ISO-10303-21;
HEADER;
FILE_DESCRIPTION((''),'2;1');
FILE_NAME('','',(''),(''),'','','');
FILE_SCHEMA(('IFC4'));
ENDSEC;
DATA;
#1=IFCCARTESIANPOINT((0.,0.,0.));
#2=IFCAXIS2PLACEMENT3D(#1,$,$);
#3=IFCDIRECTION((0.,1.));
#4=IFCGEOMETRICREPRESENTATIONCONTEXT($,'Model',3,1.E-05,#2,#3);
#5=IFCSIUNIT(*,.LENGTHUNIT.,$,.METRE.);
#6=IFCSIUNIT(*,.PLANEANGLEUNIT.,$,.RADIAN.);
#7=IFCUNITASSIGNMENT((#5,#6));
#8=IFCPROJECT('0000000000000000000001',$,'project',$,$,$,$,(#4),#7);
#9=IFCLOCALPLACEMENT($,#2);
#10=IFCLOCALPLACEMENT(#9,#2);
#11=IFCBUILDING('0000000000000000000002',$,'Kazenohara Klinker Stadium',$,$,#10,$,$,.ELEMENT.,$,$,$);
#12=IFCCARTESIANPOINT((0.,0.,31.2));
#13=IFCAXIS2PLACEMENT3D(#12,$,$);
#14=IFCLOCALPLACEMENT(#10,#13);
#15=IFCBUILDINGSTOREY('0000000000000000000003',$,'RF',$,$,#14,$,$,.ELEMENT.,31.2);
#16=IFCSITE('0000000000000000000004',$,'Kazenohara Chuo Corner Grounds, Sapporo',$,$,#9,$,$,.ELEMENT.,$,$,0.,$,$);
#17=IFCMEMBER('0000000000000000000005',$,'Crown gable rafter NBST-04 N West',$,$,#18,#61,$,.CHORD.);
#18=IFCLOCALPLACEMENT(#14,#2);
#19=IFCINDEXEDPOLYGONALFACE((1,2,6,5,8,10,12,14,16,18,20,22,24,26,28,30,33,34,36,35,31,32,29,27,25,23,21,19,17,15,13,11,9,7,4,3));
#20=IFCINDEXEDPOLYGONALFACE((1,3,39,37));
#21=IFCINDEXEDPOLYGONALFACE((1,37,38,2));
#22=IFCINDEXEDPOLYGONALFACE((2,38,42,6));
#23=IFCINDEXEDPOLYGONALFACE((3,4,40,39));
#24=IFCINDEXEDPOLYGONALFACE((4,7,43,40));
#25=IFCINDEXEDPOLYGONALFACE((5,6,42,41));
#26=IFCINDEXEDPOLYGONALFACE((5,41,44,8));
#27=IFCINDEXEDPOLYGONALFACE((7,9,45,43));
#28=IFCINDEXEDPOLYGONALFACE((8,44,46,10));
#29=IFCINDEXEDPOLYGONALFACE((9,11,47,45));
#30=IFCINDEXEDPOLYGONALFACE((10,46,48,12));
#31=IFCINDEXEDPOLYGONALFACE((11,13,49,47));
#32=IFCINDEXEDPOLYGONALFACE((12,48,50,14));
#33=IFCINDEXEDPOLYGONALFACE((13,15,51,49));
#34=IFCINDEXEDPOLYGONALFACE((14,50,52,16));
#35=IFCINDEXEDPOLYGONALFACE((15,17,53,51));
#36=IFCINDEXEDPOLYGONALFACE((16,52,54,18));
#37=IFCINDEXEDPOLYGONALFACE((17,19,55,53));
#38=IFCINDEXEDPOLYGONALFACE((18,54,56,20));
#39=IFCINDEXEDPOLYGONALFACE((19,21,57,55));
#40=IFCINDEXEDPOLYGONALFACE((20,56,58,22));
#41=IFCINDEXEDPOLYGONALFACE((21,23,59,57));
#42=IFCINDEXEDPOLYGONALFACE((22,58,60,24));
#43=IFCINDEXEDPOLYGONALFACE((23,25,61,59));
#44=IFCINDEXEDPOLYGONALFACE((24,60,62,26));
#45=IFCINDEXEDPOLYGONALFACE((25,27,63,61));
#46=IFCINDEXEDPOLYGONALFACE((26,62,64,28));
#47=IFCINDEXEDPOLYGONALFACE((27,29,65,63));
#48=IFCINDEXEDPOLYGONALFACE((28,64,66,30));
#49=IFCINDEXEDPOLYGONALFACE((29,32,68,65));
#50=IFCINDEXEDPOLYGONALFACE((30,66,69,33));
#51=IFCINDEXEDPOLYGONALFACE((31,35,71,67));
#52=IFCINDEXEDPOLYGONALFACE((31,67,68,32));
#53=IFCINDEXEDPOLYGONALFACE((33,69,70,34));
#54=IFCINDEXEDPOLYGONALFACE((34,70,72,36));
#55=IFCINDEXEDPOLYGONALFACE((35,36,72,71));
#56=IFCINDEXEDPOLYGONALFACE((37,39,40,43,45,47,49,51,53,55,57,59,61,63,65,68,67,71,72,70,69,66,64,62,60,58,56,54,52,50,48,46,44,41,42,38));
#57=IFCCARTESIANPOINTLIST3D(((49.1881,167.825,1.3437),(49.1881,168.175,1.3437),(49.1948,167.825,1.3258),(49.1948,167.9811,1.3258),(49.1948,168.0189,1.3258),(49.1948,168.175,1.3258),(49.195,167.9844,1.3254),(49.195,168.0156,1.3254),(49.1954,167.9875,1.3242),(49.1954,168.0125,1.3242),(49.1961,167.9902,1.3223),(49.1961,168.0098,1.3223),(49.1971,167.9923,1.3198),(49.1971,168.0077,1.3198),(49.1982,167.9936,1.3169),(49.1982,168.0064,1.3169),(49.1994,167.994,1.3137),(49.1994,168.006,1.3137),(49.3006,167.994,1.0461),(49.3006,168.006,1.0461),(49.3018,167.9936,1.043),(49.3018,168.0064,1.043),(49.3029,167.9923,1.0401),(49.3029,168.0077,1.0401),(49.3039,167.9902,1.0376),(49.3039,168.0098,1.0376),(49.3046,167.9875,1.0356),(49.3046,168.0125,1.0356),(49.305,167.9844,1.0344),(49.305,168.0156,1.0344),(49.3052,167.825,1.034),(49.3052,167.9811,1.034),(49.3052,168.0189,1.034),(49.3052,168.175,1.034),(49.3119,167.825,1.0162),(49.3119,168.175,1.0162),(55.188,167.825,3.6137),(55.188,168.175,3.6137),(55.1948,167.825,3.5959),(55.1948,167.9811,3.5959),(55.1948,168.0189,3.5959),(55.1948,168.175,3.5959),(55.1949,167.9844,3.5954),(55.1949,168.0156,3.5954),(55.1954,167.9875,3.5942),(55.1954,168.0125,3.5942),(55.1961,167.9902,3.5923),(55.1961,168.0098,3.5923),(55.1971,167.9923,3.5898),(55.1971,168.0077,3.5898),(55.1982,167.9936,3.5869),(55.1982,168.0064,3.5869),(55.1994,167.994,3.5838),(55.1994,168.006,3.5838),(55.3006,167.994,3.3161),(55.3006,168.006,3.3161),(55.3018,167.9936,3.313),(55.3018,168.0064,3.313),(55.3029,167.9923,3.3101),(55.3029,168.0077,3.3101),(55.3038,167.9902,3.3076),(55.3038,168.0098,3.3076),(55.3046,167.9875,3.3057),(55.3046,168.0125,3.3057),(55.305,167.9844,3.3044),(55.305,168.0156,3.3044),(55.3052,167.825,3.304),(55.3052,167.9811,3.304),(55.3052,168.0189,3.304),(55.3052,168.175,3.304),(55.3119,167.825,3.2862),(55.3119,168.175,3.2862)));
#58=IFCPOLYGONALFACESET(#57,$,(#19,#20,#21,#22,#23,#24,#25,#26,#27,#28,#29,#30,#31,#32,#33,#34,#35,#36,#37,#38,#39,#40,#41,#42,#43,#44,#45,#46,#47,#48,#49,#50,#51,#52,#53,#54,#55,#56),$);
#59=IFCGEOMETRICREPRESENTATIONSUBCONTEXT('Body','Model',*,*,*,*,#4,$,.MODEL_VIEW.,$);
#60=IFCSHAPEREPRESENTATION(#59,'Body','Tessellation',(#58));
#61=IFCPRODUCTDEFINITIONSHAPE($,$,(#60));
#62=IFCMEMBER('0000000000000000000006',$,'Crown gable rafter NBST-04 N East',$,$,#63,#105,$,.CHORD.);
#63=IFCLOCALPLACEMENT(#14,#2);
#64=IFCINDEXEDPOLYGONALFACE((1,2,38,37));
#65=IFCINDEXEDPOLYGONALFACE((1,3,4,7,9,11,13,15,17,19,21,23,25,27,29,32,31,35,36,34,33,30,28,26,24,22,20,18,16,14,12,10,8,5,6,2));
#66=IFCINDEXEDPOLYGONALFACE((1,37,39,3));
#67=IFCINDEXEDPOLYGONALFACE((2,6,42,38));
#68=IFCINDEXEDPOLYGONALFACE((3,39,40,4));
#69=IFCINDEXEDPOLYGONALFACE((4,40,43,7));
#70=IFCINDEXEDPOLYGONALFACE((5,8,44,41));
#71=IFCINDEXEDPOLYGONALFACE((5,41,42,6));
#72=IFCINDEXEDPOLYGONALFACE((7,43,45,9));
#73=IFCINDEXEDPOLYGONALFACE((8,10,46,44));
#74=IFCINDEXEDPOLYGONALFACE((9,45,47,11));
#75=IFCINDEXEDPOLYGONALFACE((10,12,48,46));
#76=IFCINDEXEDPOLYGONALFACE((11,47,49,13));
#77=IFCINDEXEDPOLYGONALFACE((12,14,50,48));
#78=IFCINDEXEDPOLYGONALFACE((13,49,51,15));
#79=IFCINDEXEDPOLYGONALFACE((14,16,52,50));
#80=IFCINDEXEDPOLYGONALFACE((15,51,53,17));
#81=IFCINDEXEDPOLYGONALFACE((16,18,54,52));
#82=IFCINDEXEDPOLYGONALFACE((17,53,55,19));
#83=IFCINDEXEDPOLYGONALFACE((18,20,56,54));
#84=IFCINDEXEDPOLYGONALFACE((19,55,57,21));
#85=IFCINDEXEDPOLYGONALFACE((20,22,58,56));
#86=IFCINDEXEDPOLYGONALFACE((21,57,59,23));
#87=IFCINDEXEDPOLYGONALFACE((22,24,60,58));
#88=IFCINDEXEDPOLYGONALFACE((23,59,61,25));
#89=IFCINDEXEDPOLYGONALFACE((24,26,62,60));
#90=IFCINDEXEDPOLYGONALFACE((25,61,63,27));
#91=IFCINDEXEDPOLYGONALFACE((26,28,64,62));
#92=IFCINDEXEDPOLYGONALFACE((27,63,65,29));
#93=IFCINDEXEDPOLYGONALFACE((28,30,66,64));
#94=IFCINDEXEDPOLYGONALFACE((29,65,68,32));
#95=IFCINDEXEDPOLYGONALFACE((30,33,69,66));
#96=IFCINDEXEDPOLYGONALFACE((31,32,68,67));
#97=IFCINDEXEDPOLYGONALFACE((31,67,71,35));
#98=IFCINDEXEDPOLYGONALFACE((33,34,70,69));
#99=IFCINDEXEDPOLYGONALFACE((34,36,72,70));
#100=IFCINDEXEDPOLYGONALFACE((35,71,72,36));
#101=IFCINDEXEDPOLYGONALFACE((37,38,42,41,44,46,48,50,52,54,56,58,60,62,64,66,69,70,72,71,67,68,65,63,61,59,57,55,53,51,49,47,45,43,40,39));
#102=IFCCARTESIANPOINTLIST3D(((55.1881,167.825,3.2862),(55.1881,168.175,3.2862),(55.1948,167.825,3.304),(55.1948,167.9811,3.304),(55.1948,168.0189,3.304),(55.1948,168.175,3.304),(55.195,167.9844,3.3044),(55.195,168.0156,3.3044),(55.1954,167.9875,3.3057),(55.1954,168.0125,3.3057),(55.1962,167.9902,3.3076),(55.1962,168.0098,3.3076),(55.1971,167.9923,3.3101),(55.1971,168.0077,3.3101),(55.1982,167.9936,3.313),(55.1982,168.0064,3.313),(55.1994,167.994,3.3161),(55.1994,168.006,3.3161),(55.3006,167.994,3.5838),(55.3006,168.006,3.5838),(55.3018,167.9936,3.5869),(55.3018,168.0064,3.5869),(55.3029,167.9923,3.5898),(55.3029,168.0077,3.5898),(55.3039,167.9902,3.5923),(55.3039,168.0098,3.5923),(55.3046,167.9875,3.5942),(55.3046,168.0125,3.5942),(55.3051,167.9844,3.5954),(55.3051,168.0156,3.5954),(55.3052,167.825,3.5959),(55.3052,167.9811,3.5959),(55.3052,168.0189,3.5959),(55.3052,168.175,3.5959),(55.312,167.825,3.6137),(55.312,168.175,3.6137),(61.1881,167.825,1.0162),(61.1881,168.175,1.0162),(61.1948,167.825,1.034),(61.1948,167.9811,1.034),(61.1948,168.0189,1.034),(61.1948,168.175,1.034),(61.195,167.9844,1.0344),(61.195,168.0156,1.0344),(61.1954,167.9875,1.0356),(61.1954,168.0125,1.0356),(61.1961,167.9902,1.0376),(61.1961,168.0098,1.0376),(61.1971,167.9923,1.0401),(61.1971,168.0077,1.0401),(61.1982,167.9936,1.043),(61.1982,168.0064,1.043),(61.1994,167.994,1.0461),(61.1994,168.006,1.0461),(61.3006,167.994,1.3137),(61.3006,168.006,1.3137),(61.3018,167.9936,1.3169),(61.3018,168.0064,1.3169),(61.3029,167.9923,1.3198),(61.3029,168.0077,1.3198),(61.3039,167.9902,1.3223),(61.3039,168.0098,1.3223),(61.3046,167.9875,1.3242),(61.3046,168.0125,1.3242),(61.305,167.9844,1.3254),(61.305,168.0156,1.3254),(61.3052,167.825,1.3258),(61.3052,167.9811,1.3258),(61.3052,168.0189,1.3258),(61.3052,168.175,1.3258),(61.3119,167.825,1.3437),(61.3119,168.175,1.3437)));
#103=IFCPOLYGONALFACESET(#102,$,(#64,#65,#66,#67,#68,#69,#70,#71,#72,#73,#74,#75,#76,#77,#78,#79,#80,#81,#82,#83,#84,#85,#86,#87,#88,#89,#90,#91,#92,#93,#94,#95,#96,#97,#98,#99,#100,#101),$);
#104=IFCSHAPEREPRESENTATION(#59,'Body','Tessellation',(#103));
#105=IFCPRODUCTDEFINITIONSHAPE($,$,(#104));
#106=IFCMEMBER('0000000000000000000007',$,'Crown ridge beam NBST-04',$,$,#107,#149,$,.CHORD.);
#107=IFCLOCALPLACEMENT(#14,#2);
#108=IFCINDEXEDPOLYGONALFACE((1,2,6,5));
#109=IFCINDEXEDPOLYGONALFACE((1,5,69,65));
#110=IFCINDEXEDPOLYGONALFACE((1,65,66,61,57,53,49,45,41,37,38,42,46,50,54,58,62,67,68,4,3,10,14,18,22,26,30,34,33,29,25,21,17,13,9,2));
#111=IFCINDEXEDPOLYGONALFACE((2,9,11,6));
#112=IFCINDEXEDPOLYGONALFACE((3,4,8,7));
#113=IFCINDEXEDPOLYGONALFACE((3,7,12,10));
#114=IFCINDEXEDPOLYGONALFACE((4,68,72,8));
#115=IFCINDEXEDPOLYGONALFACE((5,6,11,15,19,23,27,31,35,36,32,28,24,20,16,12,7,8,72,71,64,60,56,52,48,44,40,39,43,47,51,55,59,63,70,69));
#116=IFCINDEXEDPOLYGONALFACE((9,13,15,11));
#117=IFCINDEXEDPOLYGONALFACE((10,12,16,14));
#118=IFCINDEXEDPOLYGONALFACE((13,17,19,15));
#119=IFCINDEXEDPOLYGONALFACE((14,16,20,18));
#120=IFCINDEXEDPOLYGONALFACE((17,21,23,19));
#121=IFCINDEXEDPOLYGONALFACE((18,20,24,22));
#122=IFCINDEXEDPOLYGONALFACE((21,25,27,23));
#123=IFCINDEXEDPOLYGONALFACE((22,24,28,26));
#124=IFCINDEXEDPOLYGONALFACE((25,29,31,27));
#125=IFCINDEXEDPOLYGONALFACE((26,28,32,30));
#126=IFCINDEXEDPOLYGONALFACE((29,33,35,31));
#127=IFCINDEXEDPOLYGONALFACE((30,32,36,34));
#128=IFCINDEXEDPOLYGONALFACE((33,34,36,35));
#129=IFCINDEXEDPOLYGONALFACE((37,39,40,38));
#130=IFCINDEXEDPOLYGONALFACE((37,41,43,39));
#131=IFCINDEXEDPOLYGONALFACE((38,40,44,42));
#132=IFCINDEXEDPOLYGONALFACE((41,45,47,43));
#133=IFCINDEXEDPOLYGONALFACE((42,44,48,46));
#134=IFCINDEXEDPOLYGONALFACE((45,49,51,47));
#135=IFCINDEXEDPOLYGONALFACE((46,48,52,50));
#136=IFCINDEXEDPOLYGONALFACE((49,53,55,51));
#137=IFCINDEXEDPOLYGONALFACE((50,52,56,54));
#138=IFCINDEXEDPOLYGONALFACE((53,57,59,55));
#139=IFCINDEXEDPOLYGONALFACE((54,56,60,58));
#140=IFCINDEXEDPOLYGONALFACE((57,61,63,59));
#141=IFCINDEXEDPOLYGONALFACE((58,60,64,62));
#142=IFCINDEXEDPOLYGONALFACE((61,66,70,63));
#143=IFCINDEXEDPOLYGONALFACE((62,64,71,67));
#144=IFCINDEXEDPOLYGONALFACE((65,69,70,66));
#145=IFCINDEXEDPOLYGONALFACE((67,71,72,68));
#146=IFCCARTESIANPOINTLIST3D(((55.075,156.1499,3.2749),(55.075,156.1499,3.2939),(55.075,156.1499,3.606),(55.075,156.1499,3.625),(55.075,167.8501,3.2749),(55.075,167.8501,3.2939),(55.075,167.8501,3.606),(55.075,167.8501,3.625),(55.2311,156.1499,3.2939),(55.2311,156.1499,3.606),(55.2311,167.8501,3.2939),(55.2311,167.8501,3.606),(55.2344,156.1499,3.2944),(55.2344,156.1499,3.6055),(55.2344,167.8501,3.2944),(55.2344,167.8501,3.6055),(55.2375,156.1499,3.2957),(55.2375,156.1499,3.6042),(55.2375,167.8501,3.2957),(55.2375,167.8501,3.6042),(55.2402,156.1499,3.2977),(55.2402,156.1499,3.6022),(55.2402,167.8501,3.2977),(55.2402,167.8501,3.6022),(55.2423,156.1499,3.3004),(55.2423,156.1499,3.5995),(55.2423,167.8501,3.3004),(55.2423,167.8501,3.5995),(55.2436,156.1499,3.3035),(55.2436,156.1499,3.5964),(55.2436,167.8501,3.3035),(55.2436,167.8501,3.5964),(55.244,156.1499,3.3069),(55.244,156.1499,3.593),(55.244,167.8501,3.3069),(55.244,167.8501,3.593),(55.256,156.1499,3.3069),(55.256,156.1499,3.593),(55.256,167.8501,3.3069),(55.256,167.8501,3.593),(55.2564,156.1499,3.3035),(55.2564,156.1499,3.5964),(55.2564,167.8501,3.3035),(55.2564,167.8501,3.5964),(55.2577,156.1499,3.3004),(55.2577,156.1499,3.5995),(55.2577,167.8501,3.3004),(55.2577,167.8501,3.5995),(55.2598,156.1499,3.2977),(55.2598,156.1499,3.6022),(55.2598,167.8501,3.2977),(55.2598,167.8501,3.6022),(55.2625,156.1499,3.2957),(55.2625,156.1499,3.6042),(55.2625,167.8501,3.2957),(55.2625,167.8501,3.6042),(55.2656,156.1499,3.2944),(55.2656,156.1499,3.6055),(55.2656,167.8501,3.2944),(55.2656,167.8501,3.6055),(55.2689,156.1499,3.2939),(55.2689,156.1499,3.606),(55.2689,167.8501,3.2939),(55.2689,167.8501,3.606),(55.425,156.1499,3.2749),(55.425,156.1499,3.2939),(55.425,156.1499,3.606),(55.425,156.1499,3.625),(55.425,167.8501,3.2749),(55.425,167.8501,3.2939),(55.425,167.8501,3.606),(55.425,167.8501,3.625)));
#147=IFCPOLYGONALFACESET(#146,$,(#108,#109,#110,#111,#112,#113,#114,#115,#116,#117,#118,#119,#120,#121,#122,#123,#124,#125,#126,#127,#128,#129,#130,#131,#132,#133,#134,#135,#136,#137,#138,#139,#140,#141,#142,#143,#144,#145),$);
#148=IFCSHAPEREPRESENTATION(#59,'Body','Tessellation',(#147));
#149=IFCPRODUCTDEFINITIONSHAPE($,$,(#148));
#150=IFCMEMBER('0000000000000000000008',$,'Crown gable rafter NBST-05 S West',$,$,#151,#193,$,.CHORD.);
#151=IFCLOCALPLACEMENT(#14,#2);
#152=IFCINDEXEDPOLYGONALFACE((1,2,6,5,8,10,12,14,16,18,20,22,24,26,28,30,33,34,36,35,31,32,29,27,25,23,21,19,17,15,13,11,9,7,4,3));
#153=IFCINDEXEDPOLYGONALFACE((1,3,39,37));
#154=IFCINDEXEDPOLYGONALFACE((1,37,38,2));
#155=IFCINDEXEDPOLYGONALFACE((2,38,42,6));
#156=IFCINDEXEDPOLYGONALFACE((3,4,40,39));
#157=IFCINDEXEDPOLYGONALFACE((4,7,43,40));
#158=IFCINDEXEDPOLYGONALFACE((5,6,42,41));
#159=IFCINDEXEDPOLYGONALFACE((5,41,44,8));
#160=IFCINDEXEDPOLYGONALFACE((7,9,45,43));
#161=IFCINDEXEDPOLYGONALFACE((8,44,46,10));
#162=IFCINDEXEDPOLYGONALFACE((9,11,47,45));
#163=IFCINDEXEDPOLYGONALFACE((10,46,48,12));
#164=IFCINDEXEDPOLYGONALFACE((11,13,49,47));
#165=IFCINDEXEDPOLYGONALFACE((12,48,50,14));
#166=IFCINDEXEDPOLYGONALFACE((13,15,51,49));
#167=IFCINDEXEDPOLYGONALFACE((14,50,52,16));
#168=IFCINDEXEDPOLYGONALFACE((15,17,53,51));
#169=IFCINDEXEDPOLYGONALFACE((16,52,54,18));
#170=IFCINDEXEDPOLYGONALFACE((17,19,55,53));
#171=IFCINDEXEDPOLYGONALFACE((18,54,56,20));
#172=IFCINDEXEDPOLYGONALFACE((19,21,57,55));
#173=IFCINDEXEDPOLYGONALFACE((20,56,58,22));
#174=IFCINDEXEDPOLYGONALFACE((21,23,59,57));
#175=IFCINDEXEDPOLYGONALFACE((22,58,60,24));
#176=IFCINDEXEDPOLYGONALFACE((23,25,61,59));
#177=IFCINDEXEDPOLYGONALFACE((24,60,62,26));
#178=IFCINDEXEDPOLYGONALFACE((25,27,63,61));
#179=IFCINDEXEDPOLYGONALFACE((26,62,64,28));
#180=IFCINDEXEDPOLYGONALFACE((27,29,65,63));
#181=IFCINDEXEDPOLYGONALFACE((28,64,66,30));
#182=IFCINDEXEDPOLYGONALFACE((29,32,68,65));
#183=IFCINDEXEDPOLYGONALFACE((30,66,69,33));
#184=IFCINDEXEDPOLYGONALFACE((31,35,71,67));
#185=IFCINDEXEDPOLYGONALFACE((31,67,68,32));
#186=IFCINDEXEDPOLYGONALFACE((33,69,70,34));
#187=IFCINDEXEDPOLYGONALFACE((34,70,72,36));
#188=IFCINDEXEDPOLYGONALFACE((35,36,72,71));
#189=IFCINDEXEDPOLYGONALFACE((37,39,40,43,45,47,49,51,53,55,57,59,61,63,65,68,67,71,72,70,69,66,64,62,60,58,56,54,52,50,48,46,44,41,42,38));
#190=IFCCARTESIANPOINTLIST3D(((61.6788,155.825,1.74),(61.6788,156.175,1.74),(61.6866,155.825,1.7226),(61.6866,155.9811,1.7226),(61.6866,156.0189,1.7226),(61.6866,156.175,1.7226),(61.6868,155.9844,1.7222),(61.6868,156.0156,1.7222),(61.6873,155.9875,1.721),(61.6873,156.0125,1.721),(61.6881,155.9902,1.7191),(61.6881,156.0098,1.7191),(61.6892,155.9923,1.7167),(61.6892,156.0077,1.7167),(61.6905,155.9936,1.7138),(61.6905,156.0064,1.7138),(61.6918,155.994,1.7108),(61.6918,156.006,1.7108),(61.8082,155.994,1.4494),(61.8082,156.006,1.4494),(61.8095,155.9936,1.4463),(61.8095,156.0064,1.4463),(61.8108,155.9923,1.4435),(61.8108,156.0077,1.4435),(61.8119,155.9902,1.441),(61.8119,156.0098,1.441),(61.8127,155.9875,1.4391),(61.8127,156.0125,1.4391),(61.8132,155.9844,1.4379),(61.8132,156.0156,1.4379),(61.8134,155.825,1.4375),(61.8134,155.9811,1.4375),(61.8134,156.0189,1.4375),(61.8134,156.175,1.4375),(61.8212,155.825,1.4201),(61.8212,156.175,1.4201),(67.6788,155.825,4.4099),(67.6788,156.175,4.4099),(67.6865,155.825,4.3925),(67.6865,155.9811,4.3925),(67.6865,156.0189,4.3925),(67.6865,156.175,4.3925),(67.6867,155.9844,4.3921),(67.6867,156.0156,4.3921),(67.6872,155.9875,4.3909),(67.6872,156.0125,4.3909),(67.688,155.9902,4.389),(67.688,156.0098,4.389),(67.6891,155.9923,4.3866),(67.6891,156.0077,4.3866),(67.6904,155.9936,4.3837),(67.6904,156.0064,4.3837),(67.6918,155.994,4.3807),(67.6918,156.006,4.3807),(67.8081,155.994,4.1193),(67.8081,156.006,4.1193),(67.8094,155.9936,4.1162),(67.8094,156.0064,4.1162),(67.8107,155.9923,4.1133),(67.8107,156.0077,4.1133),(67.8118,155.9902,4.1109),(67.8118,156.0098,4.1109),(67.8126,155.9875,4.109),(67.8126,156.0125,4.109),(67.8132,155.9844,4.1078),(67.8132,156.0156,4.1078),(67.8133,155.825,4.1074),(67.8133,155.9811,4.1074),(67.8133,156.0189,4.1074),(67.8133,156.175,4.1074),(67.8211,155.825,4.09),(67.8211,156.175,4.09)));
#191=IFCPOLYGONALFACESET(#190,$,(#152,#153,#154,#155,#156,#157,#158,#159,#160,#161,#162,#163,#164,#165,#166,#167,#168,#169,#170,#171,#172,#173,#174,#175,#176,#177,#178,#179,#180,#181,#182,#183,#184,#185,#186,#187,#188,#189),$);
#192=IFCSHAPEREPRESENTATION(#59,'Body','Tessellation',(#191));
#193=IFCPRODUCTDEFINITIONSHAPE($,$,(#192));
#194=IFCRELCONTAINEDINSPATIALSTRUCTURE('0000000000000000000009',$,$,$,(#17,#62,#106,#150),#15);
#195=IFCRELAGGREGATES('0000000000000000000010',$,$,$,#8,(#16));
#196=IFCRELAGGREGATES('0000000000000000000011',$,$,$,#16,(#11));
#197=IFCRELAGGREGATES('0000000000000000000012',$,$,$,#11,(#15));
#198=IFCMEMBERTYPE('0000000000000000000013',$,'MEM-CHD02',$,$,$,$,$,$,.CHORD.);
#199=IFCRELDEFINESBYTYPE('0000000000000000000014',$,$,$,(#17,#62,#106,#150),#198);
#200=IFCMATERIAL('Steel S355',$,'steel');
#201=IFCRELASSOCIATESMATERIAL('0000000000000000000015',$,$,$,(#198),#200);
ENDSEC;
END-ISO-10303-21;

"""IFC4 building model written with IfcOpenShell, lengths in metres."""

from ifc_helpers import new_model, si_unit, direction, frame, origin, origin_2d, place, context, subcontext, project, spatial, i_section, extrude, material, material_profile, profile_set, type_object, element, save


model = new_model("IFC4")

# Units and contexts
model_context = context("Model", 3, precision=1e-05, world=origin(), true_north=direction((0.0, 1.0)))
body_context = subcontext(model_context, "Body", "Model", "MODEL_VIEW")
ifc_project = project(units=[si_unit("LENGTHUNIT", "METRE"), si_unit("PLANEANGLEUNIT", "RADIAN")], contexts=[model_context])

# Site, building, storey
site_placement = place(None, origin())
site = spatial("IfcSite", under=ifc_project, at=site_placement, Name="Kazenohara Chuo Corner Grounds, Sapporo", CompositionType="ELEMENT", RefElevation=0.0)
building_placement = place(site_placement, origin())
building = spatial("IfcBuilding", under=site, at=building_placement, Name="Kazenohara Klinker Stadium", CompositionType="ELEMENT")
storey_placement = place(building_placement, frame((0.0, 0.0, 31.2)))
storey = spatial("IfcBuildingStorey", under=building, at=storey_placement, Name="RF", CompositionType="ELEMENT", Elevation=31.2)

# Members
ifc_material_1 = material(Name="Steel S355", Category="steel")
ifc_material_profile_1 = material_profile(ifc_material_1, i_section(OverallWidth=0.3501, OverallDepth=0.3501, WebThickness=0.012, FlangeThickness=0.019, FilletRadius=0.0129, at=origin_2d()), Name="H-350x350x12x19")
ifc_profile_set_1 = profile_set([ifc_material_profile_1], Name="Steel S355")
member_type_1 = type_object("IfcMemberType", Name="MEM-CHD02", PredefinedType="CHORD", material=ifc_profile_set_1)
for number, where, z_axis, x_axis, name in (
    (1, (49.25, 168.0, 1.1799), (0.935299, 0.0, 0.353858), (0.0, 1.0, 0.0), "Crown gable rafter NBST-04 N West"),
    (2, (61.25, 168.0, 1.1799), (-0.935299, 0.0, 0.353858), (0.0, -1.0, 0.0), "Crown gable rafter NBST-04 N East"),
):
    element("IfcMember", number, at=place(storey_placement, frame(where, z_axis=z_axis, x_axis=x_axis)), inside=storey, type_object=member_type_1, Name=name, PredefinedType="CHORD", context=body_context, shape_type="SweptSolid", body=[
        extrude(i_section(OverallWidth=0.3501, OverallDepth=0.3501, WebThickness=0.012, FlangeThickness=0.019, FilletRadius=0.0129, at=origin_2d()), origin(), (0.0, 0.0, 1.0), 6.415),
    ])
member_placement = place(storey_placement, frame((55.25, 156.1499, 3.45), z_axis=(0.0, 1.0, 0.0), x_axis=(-1.0, 0.0, 0.0)))
element("IfcMember", 3, at=member_placement, inside=storey, type_object=member_type_1, Name="Crown ridge beam NBST-04", PredefinedType="CHORD", context=body_context, shape_type="SweptSolid", body=[
    extrude(i_section(OverallWidth=0.3501, OverallDepth=0.3501, WebThickness=0.012, FlangeThickness=0.019, FilletRadius=0.0129, at=origin_2d()), origin(), (0.0, 0.0, 1.0), 11.7002),
])
for number, where, z_axis, x_axis, name in (
    (4, (61.75, 156.0, 1.5801), (0.913627, 0.0, 0.406552), (0.0, 1.0, 0.0), "Crown gable rafter NBST-05 S West"),
):
    element("IfcMember", number, at=place(storey_placement, frame(where, z_axis=z_axis, x_axis=x_axis)), inside=storey, type_object=member_type_1, Name=name, PredefinedType="CHORD", context=body_context, shape_type="SweptSolid", body=[
        extrude(i_section(OverallWidth=0.3501, OverallDepth=0.3501, WebThickness=0.012, FlangeThickness=0.019, FilletRadius=0.0129, at=origin_2d()), origin(), (0.0, 0.0, 1.0), 6.5671),
    ])

save(model, "model.ifc")
